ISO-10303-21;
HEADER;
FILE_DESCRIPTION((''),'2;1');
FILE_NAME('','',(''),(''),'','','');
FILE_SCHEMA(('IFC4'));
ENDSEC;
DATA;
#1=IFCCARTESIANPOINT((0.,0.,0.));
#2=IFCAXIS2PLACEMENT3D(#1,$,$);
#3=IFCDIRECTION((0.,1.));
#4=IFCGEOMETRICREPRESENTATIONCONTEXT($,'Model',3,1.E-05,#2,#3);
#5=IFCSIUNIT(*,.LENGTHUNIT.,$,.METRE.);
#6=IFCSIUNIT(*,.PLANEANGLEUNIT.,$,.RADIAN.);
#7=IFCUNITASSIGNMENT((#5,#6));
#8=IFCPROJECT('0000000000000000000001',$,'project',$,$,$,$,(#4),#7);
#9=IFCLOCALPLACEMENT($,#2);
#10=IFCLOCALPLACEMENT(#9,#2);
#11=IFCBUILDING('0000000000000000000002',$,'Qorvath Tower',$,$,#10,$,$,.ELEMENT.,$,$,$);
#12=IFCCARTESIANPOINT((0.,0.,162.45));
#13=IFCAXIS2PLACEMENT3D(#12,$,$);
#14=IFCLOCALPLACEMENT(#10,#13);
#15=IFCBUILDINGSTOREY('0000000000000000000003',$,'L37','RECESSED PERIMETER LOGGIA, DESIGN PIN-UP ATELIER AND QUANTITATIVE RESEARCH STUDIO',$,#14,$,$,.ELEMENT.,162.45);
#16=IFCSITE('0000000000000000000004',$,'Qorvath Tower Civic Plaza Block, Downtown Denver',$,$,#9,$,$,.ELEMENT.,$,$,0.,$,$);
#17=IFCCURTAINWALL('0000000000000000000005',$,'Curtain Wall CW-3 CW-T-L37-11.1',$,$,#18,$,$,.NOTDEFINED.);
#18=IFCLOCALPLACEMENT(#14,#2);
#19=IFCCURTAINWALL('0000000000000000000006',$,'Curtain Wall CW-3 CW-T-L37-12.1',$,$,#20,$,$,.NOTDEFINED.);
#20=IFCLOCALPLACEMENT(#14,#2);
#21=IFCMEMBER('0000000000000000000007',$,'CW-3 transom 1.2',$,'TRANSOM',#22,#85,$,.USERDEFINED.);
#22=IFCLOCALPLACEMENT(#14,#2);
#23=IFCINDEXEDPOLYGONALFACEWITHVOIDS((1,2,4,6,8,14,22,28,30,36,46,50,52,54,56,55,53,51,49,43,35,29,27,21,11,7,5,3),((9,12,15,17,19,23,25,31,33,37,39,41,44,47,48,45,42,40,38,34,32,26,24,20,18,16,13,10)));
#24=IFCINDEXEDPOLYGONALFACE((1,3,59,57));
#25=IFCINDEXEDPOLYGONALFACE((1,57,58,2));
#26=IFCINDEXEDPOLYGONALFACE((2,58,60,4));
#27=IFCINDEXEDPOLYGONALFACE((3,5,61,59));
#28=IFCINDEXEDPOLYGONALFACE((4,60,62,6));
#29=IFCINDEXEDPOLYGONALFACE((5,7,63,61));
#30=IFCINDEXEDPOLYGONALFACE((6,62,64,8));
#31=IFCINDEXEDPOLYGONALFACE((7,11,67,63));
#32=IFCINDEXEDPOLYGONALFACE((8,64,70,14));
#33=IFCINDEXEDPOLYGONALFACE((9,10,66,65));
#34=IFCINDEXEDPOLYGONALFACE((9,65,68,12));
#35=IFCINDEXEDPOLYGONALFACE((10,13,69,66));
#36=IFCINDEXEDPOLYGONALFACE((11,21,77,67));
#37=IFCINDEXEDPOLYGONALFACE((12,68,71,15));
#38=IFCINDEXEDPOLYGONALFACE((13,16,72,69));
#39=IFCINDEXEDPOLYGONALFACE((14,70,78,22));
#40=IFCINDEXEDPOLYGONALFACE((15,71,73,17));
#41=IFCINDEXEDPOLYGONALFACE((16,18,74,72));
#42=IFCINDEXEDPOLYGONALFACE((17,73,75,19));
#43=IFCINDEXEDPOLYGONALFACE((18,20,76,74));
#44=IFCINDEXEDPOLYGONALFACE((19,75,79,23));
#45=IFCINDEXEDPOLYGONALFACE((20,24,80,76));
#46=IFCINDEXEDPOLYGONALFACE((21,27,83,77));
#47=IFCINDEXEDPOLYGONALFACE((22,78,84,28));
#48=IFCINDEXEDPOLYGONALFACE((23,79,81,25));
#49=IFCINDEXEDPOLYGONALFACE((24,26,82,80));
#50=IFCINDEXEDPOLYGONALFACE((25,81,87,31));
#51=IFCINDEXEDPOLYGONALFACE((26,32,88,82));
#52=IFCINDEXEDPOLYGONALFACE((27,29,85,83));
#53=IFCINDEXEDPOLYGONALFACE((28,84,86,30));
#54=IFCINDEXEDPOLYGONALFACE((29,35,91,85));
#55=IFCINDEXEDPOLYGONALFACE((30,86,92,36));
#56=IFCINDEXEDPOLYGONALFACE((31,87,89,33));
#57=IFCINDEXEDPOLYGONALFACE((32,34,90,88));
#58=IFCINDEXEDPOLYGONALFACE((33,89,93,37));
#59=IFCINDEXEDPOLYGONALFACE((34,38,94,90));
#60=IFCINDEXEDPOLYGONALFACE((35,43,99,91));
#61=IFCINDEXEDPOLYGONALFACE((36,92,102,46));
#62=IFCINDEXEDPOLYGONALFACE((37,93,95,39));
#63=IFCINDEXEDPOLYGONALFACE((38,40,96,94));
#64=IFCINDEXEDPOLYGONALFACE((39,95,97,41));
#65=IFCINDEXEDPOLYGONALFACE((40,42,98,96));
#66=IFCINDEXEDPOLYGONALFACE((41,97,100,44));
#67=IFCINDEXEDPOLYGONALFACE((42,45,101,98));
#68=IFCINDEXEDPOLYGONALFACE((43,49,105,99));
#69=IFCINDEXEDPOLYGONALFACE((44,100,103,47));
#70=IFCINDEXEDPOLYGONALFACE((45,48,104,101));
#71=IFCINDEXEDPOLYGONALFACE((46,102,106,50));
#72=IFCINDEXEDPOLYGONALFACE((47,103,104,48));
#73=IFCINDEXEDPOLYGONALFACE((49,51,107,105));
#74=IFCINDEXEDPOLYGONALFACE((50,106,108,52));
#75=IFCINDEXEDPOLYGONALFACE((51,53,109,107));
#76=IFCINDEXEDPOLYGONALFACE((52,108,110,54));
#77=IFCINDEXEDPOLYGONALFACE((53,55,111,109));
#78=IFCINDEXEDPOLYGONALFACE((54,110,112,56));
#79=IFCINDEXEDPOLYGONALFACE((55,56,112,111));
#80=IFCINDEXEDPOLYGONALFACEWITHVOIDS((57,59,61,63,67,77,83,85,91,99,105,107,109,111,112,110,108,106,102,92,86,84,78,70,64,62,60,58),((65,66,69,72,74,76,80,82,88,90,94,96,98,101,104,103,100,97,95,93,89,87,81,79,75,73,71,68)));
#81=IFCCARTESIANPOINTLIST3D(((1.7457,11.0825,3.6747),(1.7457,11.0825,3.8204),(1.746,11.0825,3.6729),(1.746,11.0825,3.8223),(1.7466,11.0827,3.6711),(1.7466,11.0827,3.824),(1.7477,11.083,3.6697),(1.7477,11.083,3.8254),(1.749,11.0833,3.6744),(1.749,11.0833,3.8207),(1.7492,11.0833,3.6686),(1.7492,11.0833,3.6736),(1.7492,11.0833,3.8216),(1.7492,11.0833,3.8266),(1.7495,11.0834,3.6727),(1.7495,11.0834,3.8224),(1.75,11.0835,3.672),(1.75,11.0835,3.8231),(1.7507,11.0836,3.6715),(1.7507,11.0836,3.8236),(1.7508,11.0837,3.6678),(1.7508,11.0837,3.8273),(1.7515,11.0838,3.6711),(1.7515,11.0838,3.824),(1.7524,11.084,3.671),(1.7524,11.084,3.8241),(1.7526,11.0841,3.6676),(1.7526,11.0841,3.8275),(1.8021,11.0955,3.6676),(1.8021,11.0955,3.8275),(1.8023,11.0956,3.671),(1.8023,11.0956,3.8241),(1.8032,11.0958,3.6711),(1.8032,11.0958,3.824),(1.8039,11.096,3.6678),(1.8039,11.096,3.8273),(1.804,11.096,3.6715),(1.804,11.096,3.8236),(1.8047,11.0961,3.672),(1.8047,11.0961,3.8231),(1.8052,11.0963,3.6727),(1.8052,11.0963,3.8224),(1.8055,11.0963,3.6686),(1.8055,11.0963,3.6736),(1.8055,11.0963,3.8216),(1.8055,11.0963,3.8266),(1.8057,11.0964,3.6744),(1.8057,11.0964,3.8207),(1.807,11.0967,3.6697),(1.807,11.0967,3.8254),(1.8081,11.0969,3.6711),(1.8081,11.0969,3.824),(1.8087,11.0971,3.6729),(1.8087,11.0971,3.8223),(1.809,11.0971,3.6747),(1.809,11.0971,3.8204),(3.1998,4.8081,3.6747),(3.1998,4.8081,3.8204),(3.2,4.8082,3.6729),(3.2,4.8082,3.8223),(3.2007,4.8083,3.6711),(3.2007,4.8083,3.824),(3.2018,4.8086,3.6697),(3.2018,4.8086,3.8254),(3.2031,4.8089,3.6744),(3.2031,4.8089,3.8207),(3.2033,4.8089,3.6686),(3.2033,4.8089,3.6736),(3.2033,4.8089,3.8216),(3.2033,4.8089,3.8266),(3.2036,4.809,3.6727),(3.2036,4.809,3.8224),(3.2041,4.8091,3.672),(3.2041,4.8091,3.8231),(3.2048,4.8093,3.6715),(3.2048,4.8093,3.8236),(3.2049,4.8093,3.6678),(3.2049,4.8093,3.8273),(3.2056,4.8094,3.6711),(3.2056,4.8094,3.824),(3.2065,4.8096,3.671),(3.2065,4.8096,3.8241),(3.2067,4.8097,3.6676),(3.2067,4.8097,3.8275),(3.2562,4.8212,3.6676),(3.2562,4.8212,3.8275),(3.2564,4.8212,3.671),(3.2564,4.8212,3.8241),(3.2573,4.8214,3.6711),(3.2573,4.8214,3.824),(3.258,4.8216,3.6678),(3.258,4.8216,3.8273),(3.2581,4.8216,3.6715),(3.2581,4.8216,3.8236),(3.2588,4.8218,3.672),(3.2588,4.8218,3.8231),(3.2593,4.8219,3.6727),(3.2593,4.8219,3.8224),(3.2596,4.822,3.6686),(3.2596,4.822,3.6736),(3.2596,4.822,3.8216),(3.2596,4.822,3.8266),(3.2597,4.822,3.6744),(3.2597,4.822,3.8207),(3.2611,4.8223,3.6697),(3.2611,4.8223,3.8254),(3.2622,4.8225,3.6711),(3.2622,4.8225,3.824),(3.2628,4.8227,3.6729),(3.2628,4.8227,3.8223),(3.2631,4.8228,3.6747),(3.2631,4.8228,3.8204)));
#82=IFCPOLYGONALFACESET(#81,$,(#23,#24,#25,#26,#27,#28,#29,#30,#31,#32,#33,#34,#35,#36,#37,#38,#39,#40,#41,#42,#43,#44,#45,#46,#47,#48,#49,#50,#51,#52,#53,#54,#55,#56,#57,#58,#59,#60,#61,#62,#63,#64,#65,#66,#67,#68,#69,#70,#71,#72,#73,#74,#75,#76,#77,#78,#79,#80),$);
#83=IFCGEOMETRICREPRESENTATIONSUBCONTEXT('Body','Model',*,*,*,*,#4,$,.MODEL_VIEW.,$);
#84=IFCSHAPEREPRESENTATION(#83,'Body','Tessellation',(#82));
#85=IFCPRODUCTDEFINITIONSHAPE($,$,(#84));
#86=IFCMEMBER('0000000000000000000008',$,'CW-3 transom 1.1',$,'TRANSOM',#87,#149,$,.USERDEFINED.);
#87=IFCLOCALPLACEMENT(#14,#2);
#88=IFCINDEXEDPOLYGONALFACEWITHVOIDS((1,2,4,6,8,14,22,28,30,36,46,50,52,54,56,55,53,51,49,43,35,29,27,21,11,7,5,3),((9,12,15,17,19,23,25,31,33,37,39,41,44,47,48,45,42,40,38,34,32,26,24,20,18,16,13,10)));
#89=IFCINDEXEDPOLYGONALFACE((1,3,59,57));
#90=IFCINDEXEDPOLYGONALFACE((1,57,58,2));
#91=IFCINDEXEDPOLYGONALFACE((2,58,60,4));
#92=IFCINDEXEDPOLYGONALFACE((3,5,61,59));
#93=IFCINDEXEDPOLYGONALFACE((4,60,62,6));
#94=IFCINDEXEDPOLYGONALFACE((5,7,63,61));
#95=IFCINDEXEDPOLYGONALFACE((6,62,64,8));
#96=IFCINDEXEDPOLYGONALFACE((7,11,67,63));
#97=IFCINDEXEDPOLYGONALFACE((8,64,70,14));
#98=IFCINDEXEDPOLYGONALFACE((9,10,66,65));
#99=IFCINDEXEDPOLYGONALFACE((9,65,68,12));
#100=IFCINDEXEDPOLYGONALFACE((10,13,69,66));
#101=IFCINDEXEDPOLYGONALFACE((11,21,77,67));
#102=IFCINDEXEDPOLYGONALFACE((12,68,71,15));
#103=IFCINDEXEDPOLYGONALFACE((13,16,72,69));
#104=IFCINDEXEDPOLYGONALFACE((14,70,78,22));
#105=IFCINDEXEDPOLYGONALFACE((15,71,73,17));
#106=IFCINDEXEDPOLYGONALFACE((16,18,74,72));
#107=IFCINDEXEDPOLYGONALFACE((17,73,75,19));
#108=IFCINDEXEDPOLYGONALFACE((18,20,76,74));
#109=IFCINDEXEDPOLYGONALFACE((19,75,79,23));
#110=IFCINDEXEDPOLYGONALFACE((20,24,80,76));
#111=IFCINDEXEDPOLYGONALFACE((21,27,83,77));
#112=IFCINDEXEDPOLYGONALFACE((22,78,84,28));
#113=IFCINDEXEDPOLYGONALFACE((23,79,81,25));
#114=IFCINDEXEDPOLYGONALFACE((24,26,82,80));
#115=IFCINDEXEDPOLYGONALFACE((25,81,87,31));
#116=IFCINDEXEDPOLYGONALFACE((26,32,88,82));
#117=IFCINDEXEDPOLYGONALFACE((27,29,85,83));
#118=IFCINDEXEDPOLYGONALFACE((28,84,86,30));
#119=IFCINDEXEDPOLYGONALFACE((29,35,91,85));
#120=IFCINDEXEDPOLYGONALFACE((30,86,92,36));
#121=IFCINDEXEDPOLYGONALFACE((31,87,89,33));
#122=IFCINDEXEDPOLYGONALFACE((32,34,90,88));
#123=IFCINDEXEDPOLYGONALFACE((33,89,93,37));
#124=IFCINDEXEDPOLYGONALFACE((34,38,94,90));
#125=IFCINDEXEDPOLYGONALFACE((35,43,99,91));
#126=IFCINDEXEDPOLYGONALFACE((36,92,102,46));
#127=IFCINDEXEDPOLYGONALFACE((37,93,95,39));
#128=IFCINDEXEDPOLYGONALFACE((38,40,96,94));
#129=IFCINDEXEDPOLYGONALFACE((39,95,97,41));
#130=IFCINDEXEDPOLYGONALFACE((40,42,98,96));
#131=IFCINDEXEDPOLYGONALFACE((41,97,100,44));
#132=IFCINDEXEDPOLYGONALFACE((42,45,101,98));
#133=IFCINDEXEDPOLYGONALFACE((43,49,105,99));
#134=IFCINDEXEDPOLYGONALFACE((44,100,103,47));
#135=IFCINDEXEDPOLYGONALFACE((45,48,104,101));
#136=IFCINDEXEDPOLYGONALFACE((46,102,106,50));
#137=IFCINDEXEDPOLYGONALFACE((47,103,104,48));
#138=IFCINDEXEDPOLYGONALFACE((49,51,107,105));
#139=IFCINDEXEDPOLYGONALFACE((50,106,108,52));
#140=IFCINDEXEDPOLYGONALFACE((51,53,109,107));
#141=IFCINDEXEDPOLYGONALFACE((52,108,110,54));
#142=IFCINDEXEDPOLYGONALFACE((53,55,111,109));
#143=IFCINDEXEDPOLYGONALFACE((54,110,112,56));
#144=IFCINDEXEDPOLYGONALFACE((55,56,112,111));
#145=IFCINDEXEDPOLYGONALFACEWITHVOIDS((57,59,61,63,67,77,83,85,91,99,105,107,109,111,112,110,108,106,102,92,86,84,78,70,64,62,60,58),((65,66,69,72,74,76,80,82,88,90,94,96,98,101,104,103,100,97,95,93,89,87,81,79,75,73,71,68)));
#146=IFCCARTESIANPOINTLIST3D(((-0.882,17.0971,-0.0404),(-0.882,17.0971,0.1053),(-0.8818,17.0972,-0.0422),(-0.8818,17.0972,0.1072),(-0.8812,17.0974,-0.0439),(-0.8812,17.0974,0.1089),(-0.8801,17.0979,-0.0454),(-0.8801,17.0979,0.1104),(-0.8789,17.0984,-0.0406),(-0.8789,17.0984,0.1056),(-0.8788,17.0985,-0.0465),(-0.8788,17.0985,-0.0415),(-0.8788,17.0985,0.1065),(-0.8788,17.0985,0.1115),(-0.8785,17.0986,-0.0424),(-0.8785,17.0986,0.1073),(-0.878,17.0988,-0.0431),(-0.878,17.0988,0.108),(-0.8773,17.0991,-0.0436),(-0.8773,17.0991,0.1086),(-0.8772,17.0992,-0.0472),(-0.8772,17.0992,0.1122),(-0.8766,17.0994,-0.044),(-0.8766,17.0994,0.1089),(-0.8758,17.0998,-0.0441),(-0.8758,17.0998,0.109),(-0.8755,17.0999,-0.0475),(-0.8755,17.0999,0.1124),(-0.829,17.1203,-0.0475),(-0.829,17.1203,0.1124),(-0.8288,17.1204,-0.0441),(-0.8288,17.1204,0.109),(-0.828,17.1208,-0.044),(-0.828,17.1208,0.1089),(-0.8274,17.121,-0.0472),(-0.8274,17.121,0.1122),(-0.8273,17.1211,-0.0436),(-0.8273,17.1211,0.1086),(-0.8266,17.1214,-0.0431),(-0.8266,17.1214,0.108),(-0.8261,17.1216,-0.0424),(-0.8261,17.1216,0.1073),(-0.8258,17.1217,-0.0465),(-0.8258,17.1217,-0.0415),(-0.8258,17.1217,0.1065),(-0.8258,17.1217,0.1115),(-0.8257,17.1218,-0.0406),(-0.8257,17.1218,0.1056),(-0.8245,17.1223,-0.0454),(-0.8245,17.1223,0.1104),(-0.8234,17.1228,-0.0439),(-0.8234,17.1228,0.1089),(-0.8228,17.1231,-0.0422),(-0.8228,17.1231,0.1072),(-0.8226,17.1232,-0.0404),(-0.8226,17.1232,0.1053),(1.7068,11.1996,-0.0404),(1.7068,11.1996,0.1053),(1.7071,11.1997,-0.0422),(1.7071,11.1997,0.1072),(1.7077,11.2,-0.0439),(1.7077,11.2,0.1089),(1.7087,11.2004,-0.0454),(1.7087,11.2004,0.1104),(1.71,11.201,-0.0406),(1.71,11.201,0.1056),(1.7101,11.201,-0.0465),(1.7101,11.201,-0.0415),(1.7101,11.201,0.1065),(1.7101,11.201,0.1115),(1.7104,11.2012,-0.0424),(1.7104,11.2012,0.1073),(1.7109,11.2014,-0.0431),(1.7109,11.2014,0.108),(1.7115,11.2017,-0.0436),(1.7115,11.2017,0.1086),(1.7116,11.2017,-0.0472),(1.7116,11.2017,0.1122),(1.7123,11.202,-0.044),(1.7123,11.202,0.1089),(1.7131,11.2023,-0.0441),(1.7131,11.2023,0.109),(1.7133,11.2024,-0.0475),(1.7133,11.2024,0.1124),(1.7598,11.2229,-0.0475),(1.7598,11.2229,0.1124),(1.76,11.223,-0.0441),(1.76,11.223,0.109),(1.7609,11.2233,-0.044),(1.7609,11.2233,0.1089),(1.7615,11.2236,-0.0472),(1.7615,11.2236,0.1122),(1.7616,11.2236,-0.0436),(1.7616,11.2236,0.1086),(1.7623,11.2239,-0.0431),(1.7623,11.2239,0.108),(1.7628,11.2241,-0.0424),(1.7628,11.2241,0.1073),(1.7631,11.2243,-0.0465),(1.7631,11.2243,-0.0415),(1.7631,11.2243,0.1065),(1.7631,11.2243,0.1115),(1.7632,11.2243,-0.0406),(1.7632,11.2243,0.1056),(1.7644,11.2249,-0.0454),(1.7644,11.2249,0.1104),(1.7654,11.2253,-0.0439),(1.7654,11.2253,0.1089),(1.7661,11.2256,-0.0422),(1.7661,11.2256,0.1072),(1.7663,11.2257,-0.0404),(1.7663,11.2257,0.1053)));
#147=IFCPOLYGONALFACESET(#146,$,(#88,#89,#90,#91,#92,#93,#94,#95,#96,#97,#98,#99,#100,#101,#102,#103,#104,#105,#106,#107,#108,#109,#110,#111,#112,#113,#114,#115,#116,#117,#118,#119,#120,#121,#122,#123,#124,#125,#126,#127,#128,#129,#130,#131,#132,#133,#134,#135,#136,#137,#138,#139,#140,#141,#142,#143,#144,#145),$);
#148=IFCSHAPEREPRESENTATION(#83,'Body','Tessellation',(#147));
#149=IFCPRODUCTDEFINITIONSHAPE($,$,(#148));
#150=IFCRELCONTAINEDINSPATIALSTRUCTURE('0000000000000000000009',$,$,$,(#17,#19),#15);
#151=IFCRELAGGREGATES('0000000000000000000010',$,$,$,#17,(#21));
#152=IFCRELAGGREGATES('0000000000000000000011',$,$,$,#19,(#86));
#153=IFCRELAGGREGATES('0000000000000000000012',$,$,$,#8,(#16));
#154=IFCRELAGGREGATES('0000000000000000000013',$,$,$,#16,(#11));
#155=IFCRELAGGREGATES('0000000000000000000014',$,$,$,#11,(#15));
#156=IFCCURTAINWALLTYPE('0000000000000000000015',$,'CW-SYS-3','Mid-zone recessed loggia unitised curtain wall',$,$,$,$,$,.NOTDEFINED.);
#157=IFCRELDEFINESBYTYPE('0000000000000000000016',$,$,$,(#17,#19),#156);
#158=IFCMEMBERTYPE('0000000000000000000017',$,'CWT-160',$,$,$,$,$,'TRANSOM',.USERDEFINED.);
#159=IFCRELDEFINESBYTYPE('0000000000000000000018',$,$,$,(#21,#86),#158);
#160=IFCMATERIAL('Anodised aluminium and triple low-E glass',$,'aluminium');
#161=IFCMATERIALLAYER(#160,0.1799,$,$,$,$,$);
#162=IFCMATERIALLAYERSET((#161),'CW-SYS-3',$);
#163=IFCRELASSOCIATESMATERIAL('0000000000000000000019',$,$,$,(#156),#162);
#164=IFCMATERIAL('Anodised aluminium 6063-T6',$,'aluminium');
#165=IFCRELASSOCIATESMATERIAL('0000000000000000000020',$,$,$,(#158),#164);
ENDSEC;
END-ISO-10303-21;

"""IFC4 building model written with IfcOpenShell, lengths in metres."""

from ifc_helpers import new_model, si_unit, direction, frame, origin, origin_2d, place, context, subcontext, project, spatial, hollow_rectangle, extrude, material, layer, layer_set, material_profile, profile_set, type_object, element, aggregate, save


model = new_model("IFC4")

# Units and contexts
model_context = context("Model", 3, precision=1e-05, world=origin(), true_north=direction((0.0, 1.0)))
body_context = subcontext(model_context, "Body", "Model", "MODEL_VIEW")
ifc_project = project(units=[si_unit("LENGTHUNIT", "METRE"), si_unit("PLANEANGLEUNIT", "RADIAN")], contexts=[model_context])

# Site, building, storey
site_placement = place(None, origin())
site = spatial("IfcSite", under=ifc_project, at=site_placement, Name="Qorvath Tower Civic Plaza Block, Downtown Denver", CompositionType="ELEMENT", RefElevation=0.0)
building_placement = place(site_placement, origin())
building = spatial("IfcBuilding", under=site, at=building_placement, Name="Qorvath Tower", CompositionType="ELEMENT")
storey_placement = place(building_placement, frame((0.0, 0.0, 162.45)))
storey = spatial("IfcBuildingStorey", under=building, at=storey_placement, Name="L37", Description="RECESSED PERIMETER LOGGIA, DESIGN PIN-UP ATELIER AND QUANTITATIVE RESEARCH STUDIO", CompositionType="ELEMENT", Elevation=162.45)

# Curtain wall
ifc_material_1 = material(Name="Anodised aluminium and triple low-E glass", Category="aluminium")
ifc_layer_1 = layer(ifc_material_1, 0.1799)
ifc_layer_set_1 = layer_set([ifc_layer_1], Name="CW-SYS-3")
curtain_wall_type = type_object("IfcCurtainWallType", Name="CW-SYS-3", Description="Mid-zone recessed loggia unitised curtain wall", PredefinedType="NOTDEFINED", material=ifc_layer_set_1)
curtain_wall_1_placement = place(storey_placement, origin())
curtain_wall_1 = element("IfcCurtainWall", 1, at=curtain_wall_1_placement, inside=storey, type_object=curtain_wall_type, Name="Curtain Wall CW-3 CW-T-L37-11.1", PredefinedType="NOTDEFINED")

# Curtain wall
curtain_wall_2_placement = place(storey_placement, origin())
curtain_wall_2 = element("IfcCurtainWall", 2, at=curtain_wall_2_placement, inside=storey, type_object=curtain_wall_type, Name="Curtain Wall CW-3 CW-T-L37-12.1", PredefinedType="NOTDEFINED")

# Members
ifc_material_2 = material(Name="Anodised aluminium 6063-T6", Category="aluminium")
ifc_material_profile_1 = material_profile(ifc_material_2, hollow_rectangle(XDim=0.0649, YDim=0.1599, WallThickness=0.0034, InnerFilletRadius=0.0034, OuterFilletRadius=0.0071, at=origin_2d()), Name="CWT 160x65")
ifc_profile_set_1 = profile_set([ifc_material_profile_1], Name="Anodised aluminium 6063-T6")
member_type_1 = type_object("IfcMemberType", Name="CWT-160", ElementType="TRANSOM", PredefinedType="USERDEFINED", material=ifc_profile_set_1)
member_1_placement = place(storey_placement, frame((3.2314, 4.8154, 3.7476), z_axis=(-0.225767, 0.974181, 0.0), x_axis=(-0.974181, -0.225767, 0.0)))
member_1 = element("IfcMember", 3, at=member_1_placement, type_object=member_type_1, Name="CW-3 transom 1.2", ObjectType="TRANSOM", PredefinedType="USERDEFINED", context=body_context, shape_type="SweptSolid", body=[
    extrude(hollow_rectangle(XDim=0.0649, YDim=0.1599, WallThickness=0.0034, InnerFilletRadius=0.0034, OuterFilletRadius=0.0071, at=origin_2d()), origin(), (0.0, 0.0, 1.0), 6.4407),
])
member_2_placement = place(storey_placement, frame((1.7366, 11.2126, 0.0325), z_axis=(-0.401956, 0.915659, 0.0), x_axis=(-0.915659, -0.401956, 0.0)))
member_2 = element("IfcMember", 4, at=member_2_placement, type_object=member_type_1, Name="CW-3 transom 1.1", ObjectType="TRANSOM", PredefinedType="USERDEFINED", context=body_context, shape_type="SweptSolid", body=[
    extrude(hollow_rectangle(XDim=0.0649, YDim=0.1599, WallThickness=0.0034, InnerFilletRadius=0.0034, OuterFilletRadius=0.0071, at=origin_2d()), origin(), (0.0, 0.0, 1.0), 6.4407),
])

aggregate(curtain_wall_1, [member_1])
aggregate(curtain_wall_2, [member_2])

save(model, "model.ifc")
